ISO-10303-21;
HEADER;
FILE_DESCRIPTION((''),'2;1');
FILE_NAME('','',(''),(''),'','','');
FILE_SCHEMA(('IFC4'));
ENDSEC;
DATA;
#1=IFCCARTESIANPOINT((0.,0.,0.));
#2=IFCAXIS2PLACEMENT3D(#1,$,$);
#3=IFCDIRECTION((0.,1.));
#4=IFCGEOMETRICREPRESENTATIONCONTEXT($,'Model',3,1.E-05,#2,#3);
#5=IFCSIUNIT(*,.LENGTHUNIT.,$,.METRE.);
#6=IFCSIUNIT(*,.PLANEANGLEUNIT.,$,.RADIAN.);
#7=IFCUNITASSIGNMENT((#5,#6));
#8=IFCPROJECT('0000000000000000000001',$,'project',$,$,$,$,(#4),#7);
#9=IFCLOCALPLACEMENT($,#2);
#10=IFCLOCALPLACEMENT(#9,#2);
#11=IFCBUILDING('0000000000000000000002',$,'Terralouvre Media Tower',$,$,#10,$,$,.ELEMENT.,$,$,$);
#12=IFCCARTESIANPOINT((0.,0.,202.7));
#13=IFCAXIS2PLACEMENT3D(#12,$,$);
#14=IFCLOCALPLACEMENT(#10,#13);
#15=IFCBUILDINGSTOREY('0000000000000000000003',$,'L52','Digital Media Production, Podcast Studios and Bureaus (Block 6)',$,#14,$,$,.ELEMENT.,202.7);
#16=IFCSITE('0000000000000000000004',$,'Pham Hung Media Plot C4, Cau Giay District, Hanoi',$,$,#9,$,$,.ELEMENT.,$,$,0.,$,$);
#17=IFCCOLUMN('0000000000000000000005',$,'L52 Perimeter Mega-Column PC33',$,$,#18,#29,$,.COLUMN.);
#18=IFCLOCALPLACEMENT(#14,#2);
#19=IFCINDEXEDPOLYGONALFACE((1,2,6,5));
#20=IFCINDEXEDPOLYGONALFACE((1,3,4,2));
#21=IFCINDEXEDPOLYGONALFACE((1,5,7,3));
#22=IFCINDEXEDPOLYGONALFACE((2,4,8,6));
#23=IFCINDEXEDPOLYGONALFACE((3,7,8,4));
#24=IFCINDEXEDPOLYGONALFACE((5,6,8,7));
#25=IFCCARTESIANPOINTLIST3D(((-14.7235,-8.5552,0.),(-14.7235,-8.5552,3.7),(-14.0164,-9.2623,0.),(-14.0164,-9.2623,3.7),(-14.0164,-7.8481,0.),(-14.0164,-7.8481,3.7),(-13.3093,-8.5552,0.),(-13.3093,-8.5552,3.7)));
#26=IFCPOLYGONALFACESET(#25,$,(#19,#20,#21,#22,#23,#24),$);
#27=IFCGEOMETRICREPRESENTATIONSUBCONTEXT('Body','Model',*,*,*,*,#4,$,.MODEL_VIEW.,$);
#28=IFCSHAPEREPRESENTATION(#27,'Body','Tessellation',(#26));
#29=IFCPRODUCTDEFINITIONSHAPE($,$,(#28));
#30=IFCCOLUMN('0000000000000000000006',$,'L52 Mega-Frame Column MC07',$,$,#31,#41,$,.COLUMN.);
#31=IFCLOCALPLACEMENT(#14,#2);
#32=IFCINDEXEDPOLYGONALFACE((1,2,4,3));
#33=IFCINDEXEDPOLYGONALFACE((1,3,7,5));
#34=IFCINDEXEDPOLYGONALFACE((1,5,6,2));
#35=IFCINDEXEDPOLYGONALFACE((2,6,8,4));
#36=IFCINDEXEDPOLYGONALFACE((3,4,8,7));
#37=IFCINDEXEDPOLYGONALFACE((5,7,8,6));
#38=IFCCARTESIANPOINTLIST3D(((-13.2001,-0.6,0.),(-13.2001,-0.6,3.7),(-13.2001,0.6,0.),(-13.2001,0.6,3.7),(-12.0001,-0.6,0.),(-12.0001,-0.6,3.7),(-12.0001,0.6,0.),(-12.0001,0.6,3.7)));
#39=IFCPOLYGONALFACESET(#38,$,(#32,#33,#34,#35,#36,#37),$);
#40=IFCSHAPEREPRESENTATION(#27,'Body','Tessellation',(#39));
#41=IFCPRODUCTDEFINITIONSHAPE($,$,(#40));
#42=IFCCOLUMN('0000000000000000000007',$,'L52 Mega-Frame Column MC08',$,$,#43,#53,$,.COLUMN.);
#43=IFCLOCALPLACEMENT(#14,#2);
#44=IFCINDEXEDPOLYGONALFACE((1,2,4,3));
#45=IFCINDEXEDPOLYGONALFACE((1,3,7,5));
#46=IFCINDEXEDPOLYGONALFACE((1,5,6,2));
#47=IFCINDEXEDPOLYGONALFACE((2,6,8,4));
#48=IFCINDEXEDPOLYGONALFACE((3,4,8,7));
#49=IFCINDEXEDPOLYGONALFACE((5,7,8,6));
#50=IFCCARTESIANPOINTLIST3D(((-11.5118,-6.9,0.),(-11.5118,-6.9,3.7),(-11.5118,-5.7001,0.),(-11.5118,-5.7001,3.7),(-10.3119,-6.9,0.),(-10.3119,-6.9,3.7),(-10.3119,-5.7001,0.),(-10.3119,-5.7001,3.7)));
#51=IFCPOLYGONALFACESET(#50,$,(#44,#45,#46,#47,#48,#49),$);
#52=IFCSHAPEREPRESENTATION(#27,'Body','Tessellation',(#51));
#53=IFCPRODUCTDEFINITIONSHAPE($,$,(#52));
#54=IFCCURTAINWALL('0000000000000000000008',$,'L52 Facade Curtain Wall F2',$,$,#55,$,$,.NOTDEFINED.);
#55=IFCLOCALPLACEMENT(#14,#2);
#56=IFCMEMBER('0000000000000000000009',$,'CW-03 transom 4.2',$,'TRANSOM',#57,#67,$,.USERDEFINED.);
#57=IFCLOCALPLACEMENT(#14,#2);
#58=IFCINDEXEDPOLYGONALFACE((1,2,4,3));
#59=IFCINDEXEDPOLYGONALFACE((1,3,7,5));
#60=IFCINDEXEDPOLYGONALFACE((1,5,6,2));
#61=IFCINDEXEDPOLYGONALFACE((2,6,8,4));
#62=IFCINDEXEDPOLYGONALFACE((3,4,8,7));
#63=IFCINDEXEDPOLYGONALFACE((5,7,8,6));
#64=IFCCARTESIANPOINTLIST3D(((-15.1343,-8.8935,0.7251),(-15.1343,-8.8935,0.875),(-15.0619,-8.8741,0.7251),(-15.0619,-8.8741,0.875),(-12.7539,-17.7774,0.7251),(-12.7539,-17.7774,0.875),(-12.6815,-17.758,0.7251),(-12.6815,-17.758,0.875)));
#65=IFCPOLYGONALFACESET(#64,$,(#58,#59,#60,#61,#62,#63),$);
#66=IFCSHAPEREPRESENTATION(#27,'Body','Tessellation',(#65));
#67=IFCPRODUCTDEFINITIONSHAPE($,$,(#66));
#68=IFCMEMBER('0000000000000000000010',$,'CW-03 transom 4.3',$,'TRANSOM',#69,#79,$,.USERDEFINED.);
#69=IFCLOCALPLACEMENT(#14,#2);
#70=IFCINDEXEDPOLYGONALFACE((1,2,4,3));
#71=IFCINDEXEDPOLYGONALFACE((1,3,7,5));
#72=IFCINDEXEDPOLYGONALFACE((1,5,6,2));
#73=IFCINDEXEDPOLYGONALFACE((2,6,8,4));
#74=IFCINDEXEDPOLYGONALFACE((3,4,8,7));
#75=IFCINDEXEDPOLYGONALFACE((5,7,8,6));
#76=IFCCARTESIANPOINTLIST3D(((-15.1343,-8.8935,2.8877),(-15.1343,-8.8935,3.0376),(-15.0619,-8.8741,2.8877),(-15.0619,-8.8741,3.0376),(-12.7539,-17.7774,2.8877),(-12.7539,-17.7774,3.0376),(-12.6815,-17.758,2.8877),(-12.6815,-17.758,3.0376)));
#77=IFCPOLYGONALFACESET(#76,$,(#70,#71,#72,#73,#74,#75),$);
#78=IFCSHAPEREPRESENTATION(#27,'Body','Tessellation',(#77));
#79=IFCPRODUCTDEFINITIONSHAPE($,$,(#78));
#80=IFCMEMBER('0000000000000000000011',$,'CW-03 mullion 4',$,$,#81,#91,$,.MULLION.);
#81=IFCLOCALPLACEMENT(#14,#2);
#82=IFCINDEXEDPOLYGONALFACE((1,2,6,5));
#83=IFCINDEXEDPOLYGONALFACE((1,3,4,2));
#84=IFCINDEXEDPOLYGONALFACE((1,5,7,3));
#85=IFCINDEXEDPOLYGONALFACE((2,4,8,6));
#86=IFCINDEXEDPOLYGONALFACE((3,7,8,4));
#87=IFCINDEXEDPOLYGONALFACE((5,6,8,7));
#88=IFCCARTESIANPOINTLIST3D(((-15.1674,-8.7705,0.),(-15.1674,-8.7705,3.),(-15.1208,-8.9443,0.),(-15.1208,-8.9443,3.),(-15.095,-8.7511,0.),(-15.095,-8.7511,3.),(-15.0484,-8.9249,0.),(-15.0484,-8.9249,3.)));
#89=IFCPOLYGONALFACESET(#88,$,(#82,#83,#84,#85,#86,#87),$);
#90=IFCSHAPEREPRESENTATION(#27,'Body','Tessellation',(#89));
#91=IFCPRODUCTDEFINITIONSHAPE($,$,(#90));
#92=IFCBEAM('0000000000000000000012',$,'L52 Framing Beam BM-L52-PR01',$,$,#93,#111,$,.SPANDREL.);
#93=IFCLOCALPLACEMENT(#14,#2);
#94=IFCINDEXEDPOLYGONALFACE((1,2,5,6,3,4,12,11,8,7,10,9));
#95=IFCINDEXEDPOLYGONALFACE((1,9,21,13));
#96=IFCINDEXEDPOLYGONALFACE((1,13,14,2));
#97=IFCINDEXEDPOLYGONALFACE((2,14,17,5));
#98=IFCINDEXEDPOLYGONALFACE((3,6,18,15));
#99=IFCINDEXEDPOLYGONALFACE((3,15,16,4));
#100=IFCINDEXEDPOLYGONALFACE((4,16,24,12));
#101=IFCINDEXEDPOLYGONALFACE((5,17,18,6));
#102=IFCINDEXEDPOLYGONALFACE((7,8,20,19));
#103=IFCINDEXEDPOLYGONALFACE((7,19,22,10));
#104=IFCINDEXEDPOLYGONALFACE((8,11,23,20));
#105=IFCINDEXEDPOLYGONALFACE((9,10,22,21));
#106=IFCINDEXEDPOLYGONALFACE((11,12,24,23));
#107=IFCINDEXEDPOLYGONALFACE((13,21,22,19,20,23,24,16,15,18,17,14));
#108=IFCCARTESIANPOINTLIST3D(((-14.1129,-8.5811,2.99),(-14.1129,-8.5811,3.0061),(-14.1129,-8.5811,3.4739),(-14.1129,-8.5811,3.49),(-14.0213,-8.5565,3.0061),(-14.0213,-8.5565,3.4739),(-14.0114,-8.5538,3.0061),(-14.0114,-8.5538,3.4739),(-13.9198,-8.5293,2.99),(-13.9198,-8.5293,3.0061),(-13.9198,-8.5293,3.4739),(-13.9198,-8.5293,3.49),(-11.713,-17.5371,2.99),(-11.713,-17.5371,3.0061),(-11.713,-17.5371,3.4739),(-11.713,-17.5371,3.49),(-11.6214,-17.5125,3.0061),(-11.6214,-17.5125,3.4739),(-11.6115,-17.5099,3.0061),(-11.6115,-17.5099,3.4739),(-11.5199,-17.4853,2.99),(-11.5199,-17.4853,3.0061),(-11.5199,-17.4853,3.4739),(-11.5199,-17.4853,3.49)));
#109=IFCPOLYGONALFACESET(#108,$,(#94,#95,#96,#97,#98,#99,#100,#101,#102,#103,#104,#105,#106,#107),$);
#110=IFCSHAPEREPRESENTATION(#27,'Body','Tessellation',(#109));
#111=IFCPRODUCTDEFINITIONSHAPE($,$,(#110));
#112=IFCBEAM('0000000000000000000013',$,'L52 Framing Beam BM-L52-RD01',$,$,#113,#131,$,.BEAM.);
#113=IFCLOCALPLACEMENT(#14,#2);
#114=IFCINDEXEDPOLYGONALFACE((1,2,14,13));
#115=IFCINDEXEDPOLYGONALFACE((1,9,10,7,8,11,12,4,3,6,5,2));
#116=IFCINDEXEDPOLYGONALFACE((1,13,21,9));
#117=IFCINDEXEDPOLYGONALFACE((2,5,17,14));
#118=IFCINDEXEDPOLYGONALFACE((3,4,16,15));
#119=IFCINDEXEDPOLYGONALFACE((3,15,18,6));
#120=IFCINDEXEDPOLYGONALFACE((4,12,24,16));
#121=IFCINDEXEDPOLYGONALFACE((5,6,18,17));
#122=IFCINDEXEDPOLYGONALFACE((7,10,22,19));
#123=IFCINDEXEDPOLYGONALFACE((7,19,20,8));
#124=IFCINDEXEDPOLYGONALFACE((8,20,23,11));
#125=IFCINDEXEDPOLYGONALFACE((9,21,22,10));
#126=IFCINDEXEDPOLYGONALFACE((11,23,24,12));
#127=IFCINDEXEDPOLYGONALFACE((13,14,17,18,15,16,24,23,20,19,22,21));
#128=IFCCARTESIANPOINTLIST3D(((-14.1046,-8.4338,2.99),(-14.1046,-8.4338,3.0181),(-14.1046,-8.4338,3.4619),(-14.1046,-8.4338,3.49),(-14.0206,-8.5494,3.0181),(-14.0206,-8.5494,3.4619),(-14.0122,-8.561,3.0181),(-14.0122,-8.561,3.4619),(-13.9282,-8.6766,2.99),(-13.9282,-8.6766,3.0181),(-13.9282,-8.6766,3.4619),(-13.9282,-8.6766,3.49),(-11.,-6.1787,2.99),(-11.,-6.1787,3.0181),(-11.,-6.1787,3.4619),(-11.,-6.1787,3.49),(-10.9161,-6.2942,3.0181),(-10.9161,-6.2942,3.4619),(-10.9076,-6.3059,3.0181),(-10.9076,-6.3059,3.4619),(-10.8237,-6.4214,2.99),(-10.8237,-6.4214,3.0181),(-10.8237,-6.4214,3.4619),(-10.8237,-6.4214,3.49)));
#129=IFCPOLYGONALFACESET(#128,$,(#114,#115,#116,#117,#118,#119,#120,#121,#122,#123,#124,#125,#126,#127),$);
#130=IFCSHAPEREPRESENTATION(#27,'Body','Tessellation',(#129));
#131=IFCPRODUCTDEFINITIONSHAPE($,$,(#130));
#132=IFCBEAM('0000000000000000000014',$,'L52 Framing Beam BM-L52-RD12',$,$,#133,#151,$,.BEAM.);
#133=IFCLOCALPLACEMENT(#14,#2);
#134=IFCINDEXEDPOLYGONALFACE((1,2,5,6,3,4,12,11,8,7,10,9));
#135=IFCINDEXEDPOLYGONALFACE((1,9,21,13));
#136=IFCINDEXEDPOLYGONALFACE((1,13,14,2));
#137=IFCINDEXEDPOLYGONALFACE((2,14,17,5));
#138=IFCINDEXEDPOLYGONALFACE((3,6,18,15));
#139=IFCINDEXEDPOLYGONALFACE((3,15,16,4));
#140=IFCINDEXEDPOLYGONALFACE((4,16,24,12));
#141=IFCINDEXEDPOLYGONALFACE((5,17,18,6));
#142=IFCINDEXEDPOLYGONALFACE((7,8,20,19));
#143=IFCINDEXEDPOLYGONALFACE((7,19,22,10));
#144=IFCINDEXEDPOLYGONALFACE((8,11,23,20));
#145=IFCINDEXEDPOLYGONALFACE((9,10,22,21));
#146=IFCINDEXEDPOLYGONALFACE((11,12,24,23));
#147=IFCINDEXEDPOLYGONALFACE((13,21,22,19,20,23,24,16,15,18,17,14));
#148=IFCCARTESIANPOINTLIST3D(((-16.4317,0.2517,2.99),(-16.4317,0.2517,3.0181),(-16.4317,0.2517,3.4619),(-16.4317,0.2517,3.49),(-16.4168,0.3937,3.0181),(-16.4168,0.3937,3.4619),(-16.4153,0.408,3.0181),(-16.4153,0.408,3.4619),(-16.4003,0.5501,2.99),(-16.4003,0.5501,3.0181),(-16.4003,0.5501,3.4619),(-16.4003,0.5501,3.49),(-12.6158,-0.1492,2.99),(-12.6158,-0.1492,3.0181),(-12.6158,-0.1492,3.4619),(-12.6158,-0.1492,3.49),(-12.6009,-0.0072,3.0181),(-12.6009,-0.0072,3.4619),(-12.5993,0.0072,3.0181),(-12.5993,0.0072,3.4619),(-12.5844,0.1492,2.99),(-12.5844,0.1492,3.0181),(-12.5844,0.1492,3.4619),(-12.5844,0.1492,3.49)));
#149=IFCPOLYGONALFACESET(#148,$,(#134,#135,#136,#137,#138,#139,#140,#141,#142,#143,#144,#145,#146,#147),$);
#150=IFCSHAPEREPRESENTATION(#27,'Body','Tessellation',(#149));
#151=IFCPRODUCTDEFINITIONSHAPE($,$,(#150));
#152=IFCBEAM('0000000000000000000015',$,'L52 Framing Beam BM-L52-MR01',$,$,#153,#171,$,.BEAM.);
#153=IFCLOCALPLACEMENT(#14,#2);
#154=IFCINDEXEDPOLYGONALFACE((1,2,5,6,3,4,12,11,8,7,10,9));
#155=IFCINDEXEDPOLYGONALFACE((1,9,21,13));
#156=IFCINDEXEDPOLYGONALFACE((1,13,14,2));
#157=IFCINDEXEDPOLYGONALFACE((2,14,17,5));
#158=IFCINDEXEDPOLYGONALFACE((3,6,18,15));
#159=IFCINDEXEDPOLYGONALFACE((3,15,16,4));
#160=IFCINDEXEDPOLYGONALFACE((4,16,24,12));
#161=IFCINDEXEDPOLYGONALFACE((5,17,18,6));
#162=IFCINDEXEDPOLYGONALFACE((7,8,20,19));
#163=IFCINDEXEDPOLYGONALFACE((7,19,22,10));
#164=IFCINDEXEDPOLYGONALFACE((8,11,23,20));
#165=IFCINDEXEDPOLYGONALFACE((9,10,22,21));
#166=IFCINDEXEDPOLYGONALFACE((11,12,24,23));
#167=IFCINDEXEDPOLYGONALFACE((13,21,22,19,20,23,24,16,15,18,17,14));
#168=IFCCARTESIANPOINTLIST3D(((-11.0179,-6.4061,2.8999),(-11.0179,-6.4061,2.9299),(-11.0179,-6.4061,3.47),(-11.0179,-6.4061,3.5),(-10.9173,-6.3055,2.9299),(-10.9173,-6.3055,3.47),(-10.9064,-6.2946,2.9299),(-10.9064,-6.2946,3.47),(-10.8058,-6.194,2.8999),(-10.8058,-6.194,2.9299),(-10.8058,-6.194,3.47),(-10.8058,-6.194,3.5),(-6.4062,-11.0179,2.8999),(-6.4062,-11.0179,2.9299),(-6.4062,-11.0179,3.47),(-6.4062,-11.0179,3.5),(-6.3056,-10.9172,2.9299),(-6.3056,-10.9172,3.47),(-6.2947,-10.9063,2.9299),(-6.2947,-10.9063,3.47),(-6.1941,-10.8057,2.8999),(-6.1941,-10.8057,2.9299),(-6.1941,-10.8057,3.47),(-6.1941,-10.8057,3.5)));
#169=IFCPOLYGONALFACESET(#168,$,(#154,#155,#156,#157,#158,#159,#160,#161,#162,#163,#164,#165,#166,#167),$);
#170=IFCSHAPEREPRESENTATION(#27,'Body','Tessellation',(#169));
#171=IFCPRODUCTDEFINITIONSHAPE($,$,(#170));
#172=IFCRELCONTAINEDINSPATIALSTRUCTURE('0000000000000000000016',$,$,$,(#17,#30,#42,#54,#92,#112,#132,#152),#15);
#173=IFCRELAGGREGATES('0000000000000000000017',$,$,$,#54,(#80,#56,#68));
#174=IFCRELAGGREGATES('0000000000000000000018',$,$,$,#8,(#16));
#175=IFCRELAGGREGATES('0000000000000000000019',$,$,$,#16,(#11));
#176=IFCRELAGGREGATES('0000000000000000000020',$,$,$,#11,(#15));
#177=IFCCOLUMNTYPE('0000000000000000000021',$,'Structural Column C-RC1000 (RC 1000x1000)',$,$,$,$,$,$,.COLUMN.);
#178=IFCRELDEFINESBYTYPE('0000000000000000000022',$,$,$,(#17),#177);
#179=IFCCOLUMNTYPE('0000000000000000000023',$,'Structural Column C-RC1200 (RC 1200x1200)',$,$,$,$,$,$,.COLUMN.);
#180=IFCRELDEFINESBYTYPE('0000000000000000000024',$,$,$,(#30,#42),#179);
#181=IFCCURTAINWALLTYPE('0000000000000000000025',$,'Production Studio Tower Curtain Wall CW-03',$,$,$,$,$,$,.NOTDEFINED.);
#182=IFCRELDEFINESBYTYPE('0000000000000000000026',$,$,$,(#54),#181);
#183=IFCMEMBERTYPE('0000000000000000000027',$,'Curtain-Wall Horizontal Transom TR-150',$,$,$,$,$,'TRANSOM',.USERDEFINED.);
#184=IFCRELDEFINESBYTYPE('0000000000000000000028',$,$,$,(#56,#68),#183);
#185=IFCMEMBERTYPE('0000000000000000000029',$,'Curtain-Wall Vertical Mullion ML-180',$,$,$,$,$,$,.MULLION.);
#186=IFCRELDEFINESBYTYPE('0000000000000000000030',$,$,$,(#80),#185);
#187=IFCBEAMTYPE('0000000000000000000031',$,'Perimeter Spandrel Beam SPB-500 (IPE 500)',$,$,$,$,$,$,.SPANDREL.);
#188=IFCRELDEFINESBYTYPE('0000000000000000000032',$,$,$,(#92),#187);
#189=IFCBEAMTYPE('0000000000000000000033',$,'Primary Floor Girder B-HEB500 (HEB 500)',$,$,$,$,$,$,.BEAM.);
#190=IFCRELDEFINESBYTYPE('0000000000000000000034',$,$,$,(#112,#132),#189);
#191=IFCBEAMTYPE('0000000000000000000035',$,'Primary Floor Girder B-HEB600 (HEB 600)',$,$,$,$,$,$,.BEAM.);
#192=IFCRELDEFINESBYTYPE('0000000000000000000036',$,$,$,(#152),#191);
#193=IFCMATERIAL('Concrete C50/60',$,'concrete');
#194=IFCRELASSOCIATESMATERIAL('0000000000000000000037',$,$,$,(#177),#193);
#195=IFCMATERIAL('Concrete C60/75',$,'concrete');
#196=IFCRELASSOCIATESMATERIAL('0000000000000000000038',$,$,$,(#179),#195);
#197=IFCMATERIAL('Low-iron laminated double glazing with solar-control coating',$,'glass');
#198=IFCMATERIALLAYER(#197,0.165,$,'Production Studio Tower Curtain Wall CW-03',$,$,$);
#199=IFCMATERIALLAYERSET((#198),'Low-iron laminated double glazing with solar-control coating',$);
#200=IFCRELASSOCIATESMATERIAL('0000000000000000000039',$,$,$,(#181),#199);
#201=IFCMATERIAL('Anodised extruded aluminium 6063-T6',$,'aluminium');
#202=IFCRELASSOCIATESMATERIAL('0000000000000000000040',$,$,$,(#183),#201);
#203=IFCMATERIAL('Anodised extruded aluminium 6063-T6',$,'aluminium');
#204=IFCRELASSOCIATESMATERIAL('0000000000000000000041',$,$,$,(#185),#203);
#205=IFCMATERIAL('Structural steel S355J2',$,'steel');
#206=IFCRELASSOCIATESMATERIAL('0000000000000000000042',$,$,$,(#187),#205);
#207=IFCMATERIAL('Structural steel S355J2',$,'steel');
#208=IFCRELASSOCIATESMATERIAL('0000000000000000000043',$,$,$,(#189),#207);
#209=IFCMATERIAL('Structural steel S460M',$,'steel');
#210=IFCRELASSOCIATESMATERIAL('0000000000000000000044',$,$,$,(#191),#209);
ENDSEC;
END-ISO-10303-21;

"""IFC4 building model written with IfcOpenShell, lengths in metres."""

from ifc_helpers import new_model, si_unit, direction, frame, origin, origin_2d, place, context, subcontext, project, spatial, rectangle, i_section, extrude, material, layer, layer_set, material_profile, profile_set, type_object, element, aggregate, save


model = new_model("IFC4")

# Units and contexts
model_context = context("Model", 3, precision=1e-05, world=origin(), true_north=direction((0.0, 1.0)))
body_context = subcontext(model_context, "Body", "Model", "MODEL_VIEW")
ifc_project = project(units=[si_unit("LENGTHUNIT", "METRE"), si_unit("PLANEANGLEUNIT", "RADIAN")], contexts=[model_context])

# Site, building, storey
site_placement = place(None, origin())
site = spatial("IfcSite", under=ifc_project, at=site_placement, Name="Pham Hung Media Plot C4, Cau Giay District, Hanoi", CompositionType="ELEMENT", RefElevation=0.0)
building_placement = place(site_placement, origin())
building = spatial("IfcBuilding", under=site, at=building_placement, Name="Terralouvre Media Tower", CompositionType="ELEMENT")
storey_placement = place(building_placement, frame((0.0, 0.0, 202.7)))
storey = spatial("IfcBuildingStorey", under=building, at=storey_placement, Name="L52", Description="Digital Media Production, Podcast Studios and Bureaus (Block 6)", CompositionType="ELEMENT", Elevation=202.7)

# Columns
ifc_material_1 = material(Name="Concrete C50/60", Category="concrete")
ifc_material_profile_1 = material_profile(ifc_material_1, rectangle(XDim=1.0, YDim=1.0, at=origin_2d()), Name="RC 1000x1000")
ifc_profile_set_1 = profile_set([ifc_material_profile_1], Name="Concrete C50/60")
column_type_1 = type_object("IfcColumnType", Name="Structural Column C-RC1000 (RC 1000x1000)", PredefinedType="COLUMN", material=ifc_profile_set_1)
column_placement = place(storey_placement, frame((-14.0164, -8.5552, 0.0), z_axis=(0.0, 0.0, 1.0), x_axis=(0.707107, 0.707107, 0.0)))
element("IfcColumn", 1, at=column_placement, inside=storey, type_object=column_type_1, Name="L52 Perimeter Mega-Column PC33", PredefinedType="COLUMN", context=body_context, shape_type="SweptSolid", body=[
    extrude(rectangle(XDim=1.0, YDim=1.0, at=origin_2d()), origin(), (0.0, 0.0, 1.0), 3.7),
])
ifc_material_2 = material(Name="Concrete C60/75", Category="concrete")
ifc_material_profile_2 = material_profile(ifc_material_2, rectangle(XDim=1.2, YDim=1.2, at=origin_2d()), Name="RC 1200x1200")
ifc_profile_set_2 = profile_set([ifc_material_profile_2], Name="Concrete C60/75")
column_type_2 = type_object("IfcColumnType", Name="Structural Column C-RC1200 (RC 1200x1200)", PredefinedType="COLUMN", material=ifc_profile_set_2)
for number, where, z_axis, x_axis, name in (
    (2, (-12.6001, 0.0, 0.0), (0.0, 0.0, 1.0), (1.0, 0.0, 0.0), "L52 Mega-Frame Column MC07"),
    (3, (-10.9119, -6.3, 0.0), (0.0, 0.0, 1.0), (1.0, 0.0, 0.0), "L52 Mega-Frame Column MC08"),
):
    element("IfcColumn", number, at=place(storey_placement, frame(where, z_axis=z_axis, x_axis=x_axis)), inside=storey, type_object=column_type_2, Name=name, PredefinedType="COLUMN", context=body_context, shape_type="SweptSolid", body=[
        extrude(rectangle(XDim=1.2, YDim=1.2, at=origin_2d()), origin(), (0.0, 0.0, 1.0), 3.7),
    ])

# Curtain wall, members
ifc_material_3 = material(Name="Low-iron laminated double glazing with solar-control coating", Category="glass")
ifc_layer_1 = layer(ifc_material_3, 0.165, Name="Production Studio Tower Curtain Wall CW-03")
ifc_layer_set_1 = layer_set([ifc_layer_1], Name="Low-iron laminated double glazing with solar-control coating")
curtain_wall_type = type_object("IfcCurtainWallType", Name="Production Studio Tower Curtain Wall CW-03", PredefinedType="NOTDEFINED", material=ifc_layer_set_1)
curtain_wall_placement = place(storey_placement, origin())
curtain_wall = element("IfcCurtainWall", 4, at=curtain_wall_placement, inside=storey, type_object=curtain_wall_type, Name="L52 Facade Curtain Wall F2", PredefinedType="NOTDEFINED")
ifc_material_4 = material(Name="Anodised extruded aluminium 6063-T6", Category="aluminium")
ifc_material_profile_3 = material_profile(ifc_material_4, rectangle(XDim=0.075, YDim=0.1499, at=origin_2d()), Name="ALU 75x150")
ifc_profile_set_3 = profile_set([ifc_material_profile_3], Name="Anodised extruded aluminium 6063-T6")
member_type_1 = type_object("IfcMemberType", Name="Curtain-Wall Horizontal Transom TR-150", ElementType="TRANSOM", PredefinedType="USERDEFINED", material=ifc_profile_set_3)
member_1_placement = place(storey_placement, frame((-15.0981, -8.8838, 0.8), z_axis=(0.258816, -0.965927, 0.0), x_axis=(0.965927, 0.258816, 0.0)))
member_1 = element("IfcMember", 5, at=member_1_placement, type_object=member_type_1, Name="CW-03 transom 4.2", ObjectType="TRANSOM", PredefinedType="USERDEFINED", context=body_context, shape_type="SweptSolid", body=[
    extrude(rectangle(XDim=0.075, YDim=0.1499, at=origin_2d()), origin(), (0.0, 0.0, 1.0), 9.1973),
])
member_2_placement = place(storey_placement, frame((-15.0981, -8.8838, 2.9626), z_axis=(0.258816, -0.965927, 0.0), x_axis=(0.965927, 0.258816, 0.0)))
member_2 = element("IfcMember", 6, at=member_2_placement, type_object=member_type_1, Name="CW-03 transom 4.3", ObjectType="TRANSOM", PredefinedType="USERDEFINED", context=body_context, shape_type="SweptSolid", body=[
    extrude(rectangle(XDim=0.075, YDim=0.1499, at=origin_2d()), origin(), (0.0, 0.0, 1.0), 9.1973),
])
ifc_material_5 = material(Name="Anodised extruded aluminium 6063-T6", Category="aluminium")
ifc_material_profile_4 = material_profile(ifc_material_5, rectangle(XDim=0.075, YDim=0.1799, at=origin_2d()), Name="ALU 75x180")
ifc_profile_set_4 = profile_set([ifc_material_profile_4], Name="Anodised extruded aluminium 6063-T6")
member_type_2 = type_object("IfcMemberType", Name="Curtain-Wall Vertical Mullion ML-180", PredefinedType="MULLION", material=ifc_profile_set_4)
member_3_placement = place(storey_placement, frame((-15.1079, -8.8477, 0.0), z_axis=(0.0, 0.0, 1.0), x_axis=(0.965926, 0.258819, 0.0)))
member_3 = element("IfcMember", 7, at=member_3_placement, type_object=member_type_2, Name="CW-03 mullion 4", PredefinedType="MULLION", context=body_context, shape_type="SweptSolid", body=[
    extrude(rectangle(XDim=0.075, YDim=0.1799, at=origin_2d()), origin(), (0.0, 0.0, 1.0), 3.0),
])

# Beams
ifc_material_6 = material(Name="Structural steel S355J2", Category="steel")
ifc_material_profile_5 = material_profile(ifc_material_6, i_section(OverallWidth=0.2, OverallDepth=0.5, WebThickness=0.0103, FlangeThickness=0.0161, at=origin_2d()), Name="IPE 500")
ifc_profile_set_5 = profile_set([ifc_material_profile_5], Name="Structural steel S355J2")
beam_type_1 = type_object("IfcBeamType", Name="Perimeter Spandrel Beam SPB-500 (IPE 500)", PredefinedType="SPANDREL", material=ifc_profile_set_5)
beam_1_placement = place(storey_placement, frame((-14.0164, -8.5552, 3.24), z_axis=(0.258833, -0.965922, 0.0), x_axis=(0.965922, 0.258833, 0.0)))
element("IfcBeam", 8, at=beam_1_placement, inside=storey, type_object=beam_type_1, Name="L52 Framing Beam BM-L52-PR01", PredefinedType="SPANDREL", context=body_context, shape_type="SweptSolid", body=[
    extrude(i_section(OverallWidth=0.2, OverallDepth=0.5, WebThickness=0.0103, FlangeThickness=0.0161, at=origin_2d()), origin(), (0.0, 0.0, 1.0), 9.272),
])
ifc_material_7 = material(Name="Structural steel S355J2", Category="steel")
ifc_material_profile_6 = material_profile(ifc_material_7, i_section(OverallWidth=0.3, OverallDepth=0.5, WebThickness=0.0144, FlangeThickness=0.0281, at=origin_2d()), Name="HEB 500")
ifc_profile_set_6 = profile_set([ifc_material_profile_6], Name="Structural steel S355J2")
beam_type_2 = type_object("IfcBeamType", Name="Primary Floor Girder B-HEB500 (HEB 500)", PredefinedType="BEAM", material=ifc_profile_set_6)
beam_2_placement = place(storey_placement, frame((-10.9119, -6.3, 3.24), z_axis=(-0.809069, -0.587714, 0.0), x_axis=(0.587714, -0.809069, 0.0)))
element("IfcBeam", 9, at=beam_2_placement, inside=storey, type_object=beam_type_2, Name="L52 Framing Beam BM-L52-RD01", PredefinedType="BEAM", context=body_context, shape_type="SweptSolid", body=[
    extrude(i_section(OverallWidth=0.3, OverallDepth=0.5, WebThickness=0.0144, FlangeThickness=0.0281, at=origin_2d()), origin(), (0.0, 0.0, 1.0), 3.8372),
])
beam_3_placement = place(storey_placement, frame((-12.6001, 0.0, 3.24), z_axis=(-0.994527, 0.104479, 0.0), x_axis=(-0.104479, -0.994527, 0.0)))
element("IfcBeam", 10, at=beam_3_placement, inside=storey, type_object=beam_type_2, Name="L52 Framing Beam BM-L52-RD12", PredefinedType="BEAM", context=body_context, shape_type="SweptSolid", body=[
    extrude(i_section(OverallWidth=0.3, OverallDepth=0.5, WebThickness=0.0144, FlangeThickness=0.0281, at=origin_2d()), origin(), (0.0, 0.0, 1.0), 3.8369),
])
ifc_material_8 = material(Name="Structural steel S460M", Category="steel")
ifc_material_profile_7 = material_profile(ifc_material_8, i_section(OverallWidth=0.3, OverallDepth=0.6001, WebThickness=0.0154, FlangeThickness=0.03, at=origin_2d()), Name="HEB 600")
ifc_profile_set_7 = profile_set([ifc_material_profile_7], Name="Structural steel S460M")
beam_type_3 = type_object("IfcBeamType", Name="Primary Floor Girder B-HEB600 (HEB 600)", PredefinedType="BEAM", material=ifc_profile_set_7)
beam_4_placement = place(storey_placement, frame((-10.9119, -6.3, 3.2), z_axis=(0.707107, -0.707107, 0.0), x_axis=(0.707107, 0.707107, 0.0)))
element("IfcBeam", 11, at=beam_4_placement, inside=storey, type_object=beam_type_3, Name="L52 Framing Beam BM-L52-MR01", PredefinedType="BEAM", context=body_context, shape_type="SweptSolid", body=[
    extrude(i_section(OverallWidth=0.3, OverallDepth=0.6001, WebThickness=0.0154, FlangeThickness=0.03, at=origin_2d()), origin(), (0.0, 0.0, 1.0), 6.522),
])

aggregate(curtain_wall, [member_3, member_1, member_2])

save(model, "model.ifc")
